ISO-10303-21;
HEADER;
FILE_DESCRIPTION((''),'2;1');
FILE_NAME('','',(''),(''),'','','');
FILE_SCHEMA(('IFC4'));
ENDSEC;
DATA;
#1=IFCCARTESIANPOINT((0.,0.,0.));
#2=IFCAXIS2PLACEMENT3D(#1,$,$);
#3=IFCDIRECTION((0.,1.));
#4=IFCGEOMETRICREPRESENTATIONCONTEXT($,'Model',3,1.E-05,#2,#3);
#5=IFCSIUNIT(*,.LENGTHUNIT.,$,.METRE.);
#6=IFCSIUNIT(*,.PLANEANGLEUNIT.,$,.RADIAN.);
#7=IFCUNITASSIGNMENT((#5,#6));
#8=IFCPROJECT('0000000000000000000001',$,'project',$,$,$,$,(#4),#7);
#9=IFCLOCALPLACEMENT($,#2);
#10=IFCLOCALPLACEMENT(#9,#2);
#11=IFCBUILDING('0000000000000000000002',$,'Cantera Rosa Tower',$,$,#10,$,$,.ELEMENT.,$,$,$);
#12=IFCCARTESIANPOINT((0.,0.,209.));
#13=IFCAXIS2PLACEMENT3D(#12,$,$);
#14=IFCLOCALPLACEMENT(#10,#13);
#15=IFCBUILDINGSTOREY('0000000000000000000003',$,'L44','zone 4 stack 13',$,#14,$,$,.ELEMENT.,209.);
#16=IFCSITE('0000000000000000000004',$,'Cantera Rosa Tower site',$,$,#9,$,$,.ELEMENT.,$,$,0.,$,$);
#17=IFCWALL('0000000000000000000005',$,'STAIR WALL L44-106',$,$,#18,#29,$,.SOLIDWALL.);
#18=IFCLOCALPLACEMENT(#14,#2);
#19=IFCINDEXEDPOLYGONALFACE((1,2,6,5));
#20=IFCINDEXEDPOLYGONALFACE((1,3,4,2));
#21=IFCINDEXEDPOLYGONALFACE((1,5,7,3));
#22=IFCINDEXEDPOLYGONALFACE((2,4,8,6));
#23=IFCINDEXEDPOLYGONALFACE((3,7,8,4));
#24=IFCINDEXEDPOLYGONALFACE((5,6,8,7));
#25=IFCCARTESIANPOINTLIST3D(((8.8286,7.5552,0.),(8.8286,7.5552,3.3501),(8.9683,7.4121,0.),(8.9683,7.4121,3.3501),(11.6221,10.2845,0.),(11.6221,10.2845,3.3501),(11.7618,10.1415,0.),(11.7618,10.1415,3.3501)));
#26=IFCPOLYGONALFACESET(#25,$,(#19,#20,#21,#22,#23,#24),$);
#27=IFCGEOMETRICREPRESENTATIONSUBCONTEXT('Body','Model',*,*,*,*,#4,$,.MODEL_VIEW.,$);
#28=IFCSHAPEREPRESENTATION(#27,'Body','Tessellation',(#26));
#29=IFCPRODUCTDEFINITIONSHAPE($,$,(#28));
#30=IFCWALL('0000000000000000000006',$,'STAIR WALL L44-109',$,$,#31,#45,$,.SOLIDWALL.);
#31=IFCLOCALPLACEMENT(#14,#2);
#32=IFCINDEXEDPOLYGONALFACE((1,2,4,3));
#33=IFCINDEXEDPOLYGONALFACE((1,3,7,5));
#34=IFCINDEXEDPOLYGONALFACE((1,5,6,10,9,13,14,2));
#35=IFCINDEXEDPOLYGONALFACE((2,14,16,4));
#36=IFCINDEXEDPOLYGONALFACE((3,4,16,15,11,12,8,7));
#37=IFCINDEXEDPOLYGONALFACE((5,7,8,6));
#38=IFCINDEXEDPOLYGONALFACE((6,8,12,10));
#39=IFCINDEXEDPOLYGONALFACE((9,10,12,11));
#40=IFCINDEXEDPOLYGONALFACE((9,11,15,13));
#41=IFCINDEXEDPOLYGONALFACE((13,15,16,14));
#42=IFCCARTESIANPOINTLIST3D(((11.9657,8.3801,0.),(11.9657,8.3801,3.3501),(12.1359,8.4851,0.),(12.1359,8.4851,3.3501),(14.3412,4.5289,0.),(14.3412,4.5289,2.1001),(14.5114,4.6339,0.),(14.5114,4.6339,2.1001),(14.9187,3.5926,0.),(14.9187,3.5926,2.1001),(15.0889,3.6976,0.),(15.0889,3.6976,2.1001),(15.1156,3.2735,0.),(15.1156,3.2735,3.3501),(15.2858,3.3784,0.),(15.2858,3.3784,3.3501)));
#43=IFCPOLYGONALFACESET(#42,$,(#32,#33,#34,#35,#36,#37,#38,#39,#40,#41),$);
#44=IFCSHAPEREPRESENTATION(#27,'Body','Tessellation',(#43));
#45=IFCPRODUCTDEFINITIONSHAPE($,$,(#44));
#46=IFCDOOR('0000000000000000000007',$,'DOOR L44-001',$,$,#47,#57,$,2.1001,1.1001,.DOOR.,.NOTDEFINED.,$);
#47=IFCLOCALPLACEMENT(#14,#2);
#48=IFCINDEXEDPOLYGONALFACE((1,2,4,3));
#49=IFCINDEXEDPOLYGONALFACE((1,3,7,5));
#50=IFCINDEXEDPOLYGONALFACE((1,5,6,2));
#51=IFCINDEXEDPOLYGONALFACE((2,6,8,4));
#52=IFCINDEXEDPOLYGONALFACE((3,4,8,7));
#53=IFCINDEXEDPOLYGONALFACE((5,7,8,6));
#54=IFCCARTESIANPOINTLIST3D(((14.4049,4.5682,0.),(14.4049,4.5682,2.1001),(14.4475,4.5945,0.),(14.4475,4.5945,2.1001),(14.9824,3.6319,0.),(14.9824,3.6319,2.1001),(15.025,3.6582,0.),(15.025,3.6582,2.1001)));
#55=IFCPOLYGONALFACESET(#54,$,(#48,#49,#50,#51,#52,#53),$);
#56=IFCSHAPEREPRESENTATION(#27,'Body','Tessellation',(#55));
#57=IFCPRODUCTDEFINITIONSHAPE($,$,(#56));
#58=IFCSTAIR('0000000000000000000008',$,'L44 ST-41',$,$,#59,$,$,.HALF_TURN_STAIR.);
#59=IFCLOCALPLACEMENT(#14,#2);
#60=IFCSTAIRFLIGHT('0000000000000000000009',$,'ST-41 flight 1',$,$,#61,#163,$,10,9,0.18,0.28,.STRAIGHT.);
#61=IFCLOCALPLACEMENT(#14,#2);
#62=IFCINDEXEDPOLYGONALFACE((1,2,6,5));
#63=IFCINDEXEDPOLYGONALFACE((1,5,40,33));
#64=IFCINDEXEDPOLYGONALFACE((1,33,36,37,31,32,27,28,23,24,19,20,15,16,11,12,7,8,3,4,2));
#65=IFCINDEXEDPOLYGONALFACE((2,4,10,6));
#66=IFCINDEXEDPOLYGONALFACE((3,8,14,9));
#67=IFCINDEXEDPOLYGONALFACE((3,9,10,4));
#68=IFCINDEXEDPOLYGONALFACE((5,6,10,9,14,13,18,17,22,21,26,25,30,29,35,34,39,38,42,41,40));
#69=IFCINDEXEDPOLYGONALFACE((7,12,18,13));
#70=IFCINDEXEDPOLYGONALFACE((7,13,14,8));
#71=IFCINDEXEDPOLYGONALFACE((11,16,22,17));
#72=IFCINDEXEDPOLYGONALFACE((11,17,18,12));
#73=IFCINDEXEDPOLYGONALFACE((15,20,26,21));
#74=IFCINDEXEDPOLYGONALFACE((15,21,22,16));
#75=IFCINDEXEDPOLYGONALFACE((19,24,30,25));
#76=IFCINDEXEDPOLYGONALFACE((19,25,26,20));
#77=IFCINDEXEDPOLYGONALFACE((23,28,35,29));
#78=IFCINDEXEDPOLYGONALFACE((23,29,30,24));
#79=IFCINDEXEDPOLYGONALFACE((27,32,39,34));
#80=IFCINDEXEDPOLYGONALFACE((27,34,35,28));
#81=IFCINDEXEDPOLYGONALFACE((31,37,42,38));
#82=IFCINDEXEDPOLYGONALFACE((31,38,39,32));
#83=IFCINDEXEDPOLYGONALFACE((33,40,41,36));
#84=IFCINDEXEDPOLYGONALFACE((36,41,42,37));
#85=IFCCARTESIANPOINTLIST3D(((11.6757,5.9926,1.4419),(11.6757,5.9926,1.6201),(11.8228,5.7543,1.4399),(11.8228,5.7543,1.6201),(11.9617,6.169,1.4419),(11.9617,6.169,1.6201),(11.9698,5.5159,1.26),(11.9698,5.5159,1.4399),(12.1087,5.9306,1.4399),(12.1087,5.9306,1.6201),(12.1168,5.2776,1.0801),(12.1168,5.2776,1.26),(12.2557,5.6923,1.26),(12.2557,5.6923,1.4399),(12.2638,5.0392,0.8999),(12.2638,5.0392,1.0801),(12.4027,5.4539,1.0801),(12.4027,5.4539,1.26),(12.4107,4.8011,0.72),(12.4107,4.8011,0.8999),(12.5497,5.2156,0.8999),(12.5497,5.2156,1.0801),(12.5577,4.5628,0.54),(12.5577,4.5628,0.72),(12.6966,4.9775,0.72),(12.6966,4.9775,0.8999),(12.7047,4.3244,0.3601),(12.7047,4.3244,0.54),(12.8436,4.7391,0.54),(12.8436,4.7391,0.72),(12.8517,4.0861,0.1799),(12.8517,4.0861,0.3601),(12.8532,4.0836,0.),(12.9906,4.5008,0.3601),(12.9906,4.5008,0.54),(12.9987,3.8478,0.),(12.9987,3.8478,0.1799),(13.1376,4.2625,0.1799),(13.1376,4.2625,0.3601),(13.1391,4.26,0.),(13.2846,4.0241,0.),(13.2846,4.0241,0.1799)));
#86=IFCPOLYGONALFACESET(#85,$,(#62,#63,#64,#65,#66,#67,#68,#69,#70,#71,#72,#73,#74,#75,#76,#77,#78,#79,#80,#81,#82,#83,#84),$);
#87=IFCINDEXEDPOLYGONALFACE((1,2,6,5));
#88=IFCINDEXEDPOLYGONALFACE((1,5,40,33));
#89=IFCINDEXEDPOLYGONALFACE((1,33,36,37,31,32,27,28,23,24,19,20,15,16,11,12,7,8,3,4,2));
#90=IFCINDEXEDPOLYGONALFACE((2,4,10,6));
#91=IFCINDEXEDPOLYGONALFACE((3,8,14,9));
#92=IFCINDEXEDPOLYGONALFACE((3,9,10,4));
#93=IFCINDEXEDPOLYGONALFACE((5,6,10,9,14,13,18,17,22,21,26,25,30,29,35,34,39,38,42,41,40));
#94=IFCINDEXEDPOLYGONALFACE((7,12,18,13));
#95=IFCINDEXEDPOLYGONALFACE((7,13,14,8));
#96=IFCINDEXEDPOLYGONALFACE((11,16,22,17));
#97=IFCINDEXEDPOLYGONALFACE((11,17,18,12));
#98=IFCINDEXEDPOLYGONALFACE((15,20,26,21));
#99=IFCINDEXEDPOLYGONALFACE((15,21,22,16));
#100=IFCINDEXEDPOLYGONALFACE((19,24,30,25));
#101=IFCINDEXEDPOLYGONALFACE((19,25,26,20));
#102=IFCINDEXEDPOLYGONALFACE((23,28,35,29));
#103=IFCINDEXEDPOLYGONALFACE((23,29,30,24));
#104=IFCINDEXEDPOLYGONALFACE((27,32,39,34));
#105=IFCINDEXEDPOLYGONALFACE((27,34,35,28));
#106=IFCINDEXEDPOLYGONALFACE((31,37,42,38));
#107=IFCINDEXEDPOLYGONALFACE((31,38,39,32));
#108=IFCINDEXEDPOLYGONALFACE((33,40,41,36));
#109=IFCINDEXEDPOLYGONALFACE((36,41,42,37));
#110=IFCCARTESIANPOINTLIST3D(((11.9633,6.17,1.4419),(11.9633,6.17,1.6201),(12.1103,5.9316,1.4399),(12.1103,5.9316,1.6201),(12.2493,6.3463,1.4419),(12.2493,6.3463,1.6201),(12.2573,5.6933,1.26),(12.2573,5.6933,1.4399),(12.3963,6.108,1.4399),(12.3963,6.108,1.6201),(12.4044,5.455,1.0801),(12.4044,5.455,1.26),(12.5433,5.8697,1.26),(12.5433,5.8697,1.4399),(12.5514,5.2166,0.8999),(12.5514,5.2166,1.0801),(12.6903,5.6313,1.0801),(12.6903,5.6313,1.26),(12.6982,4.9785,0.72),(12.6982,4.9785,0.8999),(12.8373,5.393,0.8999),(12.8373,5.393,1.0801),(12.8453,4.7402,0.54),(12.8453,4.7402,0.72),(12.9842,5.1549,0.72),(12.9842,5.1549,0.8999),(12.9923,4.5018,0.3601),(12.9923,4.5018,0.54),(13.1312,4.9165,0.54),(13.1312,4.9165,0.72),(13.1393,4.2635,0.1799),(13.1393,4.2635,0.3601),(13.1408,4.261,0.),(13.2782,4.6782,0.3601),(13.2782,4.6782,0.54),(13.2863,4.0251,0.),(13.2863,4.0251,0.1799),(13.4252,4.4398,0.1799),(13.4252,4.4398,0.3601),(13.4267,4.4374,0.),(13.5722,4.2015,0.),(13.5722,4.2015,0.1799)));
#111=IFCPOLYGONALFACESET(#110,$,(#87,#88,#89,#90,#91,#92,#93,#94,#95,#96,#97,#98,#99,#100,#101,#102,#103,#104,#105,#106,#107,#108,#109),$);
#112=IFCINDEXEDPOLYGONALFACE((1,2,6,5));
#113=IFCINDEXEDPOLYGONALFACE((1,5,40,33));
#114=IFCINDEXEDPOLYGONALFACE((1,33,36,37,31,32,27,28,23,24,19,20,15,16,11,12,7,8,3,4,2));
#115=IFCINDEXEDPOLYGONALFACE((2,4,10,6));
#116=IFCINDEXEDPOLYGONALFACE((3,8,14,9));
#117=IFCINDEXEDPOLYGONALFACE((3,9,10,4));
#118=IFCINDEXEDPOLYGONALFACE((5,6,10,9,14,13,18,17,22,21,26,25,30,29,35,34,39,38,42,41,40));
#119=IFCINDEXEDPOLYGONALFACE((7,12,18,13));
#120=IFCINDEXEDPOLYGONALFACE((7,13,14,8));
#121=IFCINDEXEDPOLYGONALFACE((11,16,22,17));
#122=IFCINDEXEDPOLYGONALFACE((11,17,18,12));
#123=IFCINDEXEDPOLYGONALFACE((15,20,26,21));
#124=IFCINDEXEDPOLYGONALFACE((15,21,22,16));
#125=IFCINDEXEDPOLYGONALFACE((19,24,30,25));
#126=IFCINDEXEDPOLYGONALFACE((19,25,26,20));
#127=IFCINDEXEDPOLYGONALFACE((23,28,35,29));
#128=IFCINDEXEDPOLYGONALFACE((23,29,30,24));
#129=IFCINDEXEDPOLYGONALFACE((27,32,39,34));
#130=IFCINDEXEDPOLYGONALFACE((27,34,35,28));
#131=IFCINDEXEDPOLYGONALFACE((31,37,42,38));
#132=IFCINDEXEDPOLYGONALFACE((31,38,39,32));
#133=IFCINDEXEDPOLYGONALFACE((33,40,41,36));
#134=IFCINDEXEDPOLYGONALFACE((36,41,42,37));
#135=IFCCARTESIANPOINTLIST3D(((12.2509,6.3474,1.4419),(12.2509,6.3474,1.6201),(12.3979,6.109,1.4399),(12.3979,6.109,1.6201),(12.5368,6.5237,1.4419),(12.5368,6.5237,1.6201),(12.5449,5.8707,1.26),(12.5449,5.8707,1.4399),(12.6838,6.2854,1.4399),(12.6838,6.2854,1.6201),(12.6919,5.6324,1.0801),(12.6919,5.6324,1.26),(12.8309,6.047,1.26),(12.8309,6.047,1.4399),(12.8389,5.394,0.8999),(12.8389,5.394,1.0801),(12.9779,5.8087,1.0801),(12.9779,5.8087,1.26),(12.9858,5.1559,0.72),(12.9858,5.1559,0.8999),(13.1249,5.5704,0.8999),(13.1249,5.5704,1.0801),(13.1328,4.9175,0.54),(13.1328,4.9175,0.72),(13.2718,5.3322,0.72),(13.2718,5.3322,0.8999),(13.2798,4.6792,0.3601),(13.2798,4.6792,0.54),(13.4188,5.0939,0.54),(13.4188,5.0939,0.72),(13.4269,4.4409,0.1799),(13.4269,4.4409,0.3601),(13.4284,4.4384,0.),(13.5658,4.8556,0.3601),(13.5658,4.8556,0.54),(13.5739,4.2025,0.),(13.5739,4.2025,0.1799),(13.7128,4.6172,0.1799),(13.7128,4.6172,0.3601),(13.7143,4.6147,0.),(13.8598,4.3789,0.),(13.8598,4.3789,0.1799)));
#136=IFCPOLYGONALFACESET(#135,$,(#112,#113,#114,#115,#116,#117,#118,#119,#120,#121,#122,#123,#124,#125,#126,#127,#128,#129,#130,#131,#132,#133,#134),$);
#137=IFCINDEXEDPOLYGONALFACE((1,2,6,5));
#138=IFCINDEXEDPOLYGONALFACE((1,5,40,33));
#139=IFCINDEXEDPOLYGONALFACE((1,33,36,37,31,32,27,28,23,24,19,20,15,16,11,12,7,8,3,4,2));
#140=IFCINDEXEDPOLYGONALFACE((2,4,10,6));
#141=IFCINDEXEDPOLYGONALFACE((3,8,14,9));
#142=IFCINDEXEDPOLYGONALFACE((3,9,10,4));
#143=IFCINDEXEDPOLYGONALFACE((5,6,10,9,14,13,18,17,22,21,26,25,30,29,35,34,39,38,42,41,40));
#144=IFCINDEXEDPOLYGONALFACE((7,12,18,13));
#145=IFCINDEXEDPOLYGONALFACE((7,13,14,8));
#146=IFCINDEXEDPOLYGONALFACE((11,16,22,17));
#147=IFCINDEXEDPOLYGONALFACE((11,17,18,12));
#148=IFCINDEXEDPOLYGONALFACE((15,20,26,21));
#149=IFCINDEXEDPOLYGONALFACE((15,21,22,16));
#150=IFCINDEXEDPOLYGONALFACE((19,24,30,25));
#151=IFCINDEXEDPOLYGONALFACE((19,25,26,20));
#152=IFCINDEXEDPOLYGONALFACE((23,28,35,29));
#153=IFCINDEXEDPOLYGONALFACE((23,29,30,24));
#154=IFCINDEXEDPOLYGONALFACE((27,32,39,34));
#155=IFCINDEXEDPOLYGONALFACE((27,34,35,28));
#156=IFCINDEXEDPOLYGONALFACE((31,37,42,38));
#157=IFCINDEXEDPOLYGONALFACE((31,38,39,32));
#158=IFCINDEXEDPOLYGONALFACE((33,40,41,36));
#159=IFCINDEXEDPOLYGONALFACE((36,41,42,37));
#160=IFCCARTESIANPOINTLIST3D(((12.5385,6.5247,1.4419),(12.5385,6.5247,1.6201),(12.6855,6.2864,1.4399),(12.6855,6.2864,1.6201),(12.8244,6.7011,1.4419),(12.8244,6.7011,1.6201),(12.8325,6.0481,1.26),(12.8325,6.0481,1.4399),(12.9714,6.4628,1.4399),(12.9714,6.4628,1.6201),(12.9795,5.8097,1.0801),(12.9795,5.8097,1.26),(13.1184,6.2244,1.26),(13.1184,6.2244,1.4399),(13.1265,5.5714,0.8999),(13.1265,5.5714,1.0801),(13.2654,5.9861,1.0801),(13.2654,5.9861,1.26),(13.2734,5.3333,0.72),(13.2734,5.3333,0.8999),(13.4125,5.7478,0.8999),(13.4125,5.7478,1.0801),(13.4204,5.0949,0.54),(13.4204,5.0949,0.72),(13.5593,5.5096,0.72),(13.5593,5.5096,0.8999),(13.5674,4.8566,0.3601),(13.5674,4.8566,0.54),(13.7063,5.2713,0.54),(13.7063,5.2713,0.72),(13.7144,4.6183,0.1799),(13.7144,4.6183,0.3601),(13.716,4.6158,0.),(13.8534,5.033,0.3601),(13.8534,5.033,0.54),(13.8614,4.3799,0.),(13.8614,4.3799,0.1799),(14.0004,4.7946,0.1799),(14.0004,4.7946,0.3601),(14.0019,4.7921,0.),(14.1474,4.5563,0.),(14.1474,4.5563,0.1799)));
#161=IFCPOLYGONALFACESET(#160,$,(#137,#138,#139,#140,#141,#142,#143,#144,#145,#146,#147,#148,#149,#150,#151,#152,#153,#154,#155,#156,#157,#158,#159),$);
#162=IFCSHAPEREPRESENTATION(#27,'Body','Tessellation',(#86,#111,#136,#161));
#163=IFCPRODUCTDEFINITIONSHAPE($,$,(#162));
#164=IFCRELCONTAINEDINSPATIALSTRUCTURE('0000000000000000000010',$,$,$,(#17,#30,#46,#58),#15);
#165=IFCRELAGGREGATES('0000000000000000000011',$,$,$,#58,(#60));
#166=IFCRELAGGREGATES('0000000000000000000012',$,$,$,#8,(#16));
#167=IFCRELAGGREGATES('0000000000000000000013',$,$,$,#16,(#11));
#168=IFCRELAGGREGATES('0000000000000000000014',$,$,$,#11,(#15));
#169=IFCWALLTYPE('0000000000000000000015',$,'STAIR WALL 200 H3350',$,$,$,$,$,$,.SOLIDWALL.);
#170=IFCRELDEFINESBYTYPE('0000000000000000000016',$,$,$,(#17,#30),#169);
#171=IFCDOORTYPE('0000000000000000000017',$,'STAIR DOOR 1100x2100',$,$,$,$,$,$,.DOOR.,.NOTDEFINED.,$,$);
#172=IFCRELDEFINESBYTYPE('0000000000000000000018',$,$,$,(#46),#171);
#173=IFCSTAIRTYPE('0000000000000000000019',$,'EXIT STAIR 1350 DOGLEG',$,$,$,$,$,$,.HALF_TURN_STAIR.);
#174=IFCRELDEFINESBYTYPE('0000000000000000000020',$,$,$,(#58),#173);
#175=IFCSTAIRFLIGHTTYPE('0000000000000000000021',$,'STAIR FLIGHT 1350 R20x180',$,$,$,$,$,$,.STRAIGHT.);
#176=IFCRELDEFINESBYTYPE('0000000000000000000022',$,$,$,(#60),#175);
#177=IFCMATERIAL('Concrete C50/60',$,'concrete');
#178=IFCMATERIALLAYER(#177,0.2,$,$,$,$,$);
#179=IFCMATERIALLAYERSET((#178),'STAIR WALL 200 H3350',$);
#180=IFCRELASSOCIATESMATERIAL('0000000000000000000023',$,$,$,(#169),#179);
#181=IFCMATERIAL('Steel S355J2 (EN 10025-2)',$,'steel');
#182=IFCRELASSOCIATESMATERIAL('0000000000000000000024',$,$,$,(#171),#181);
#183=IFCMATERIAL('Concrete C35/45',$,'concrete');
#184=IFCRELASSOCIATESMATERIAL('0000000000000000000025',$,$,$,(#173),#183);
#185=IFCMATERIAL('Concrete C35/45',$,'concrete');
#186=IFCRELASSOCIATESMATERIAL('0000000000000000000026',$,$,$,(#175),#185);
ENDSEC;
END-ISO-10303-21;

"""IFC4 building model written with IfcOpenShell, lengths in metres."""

from ifc_helpers import new_model, si_unit, direction, frame, frame_2d, origin, place, context, subcontext, project, spatial, polyline, rectangle, outline, extrude, material, layer, layer_set, type_object, element, fill, aggregate, save


model = new_model("IFC4")

# Units and contexts
model_context = context("Model", 3, precision=1e-05, world=origin(), true_north=direction((0.0, 1.0)))
body_context = subcontext(model_context, "Body", "Model", "MODEL_VIEW")
ifc_project = project(units=[si_unit("LENGTHUNIT", "METRE"), si_unit("PLANEANGLEUNIT", "RADIAN")], contexts=[model_context])

# Site, building, storey
site_placement = place(None, origin())
site = spatial("IfcSite", under=ifc_project, at=site_placement, Name="Cantera Rosa Tower site", CompositionType="ELEMENT", RefElevation=0.0)
building_placement = place(site_placement, origin())
building = spatial("IfcBuilding", under=site, at=building_placement, Name="Cantera Rosa Tower", CompositionType="ELEMENT")
storey_placement = place(building_placement, frame((0.0, 0.0, 209.0)))
storey = spatial("IfcBuildingStorey", under=building, at=storey_placement, Name="L44", Description="zone 4 stack 13", CompositionType="ELEMENT", Elevation=209.0)

# Shared definitions
ifc_material_1 = material(Name="Concrete C50/60", Category="concrete")
ifc_layer_1 = layer(ifc_material_1, 0.2)
ifc_layer_set_1 = layer_set([ifc_layer_1], Name="STAIR WALL 200 H3350")
wall_type_1 = type_object("IfcWallType", Name="STAIR WALL 200 H3350", PredefinedType="SOLIDWALL", material=ifc_layer_set_1)

# Shared definitions
ifc_material_2 = material(Name="Steel S355J2 (EN 10025-2)", Category="steel")
door_type = type_object("IfcDoorType", Name="STAIR DOOR 1100x2100", OperationType="NOTDEFINED", PredefinedType="DOOR", material=ifc_material_2)

# Wall
wall_1_placement = place(storey_placement, frame((11.6919, 10.2129, 0.0), z_axis=(0.0, 0.0, 1.0), x_axis=(-0.71528, -0.698838, 0.0)))
element("IfcWall", 1, at=wall_1_placement, inside=storey, type_object=wall_type_1, Name="STAIR WALL L44-106", PredefinedType="SOLIDWALL", context=body_context, shape_type="SweptSolid", body=[
    extrude(rectangle(XDim=3.9055, YDim=0.2, at=frame_2d((1.9526, 0.0))), origin(), (0.0, 0.0, 1.0), 3.3501),
])

# Wall, opening, door
wall_2_placement = place(storey_placement, frame((12.0508, 8.4326, 0.0), z_axis=(0.0, 0.0, 1.0), x_axis=(0.524983, -0.851113, 0.0)))
wall_2 = element("IfcWall", 2, at=wall_2_placement, inside=storey, type_object=wall_type_1, Name="STAIR WALL L44-109", PredefinedType="SOLIDWALL", context=body_context, shape_type="SweptSolid", body=[
    extrude(rectangle(XDim=6.0, YDim=0.2, at=frame_2d((3.0, 0.0))), origin(), (0.0, 0.0, 1.0), 3.3501),
])
opening_1_placement = place(wall_2_placement, frame((4.5249, 0.0, 0.0)))
opening_1 = element("IfcOpeningElement", 3, at=opening_1_placement, cuts=wall_2, PredefinedType="OPENING", context=body_context, shape_type="SweptSolid", body=[
    extrude(rectangle(XDim=1.1001, YDim=2.1001, at=frame_2d((0.55, 1.05))), frame((0.0, 0.1099, 0.0), z_axis=(0.0, -1.0, 0.0), x_axis=(1.0, 0.0, 0.0)), (0.0, 0.0, 1.0), 0.22),
])
door_1_placement = place(opening_1_placement, origin())
door_1 = element("IfcDoor", 4, at=door_1_placement, inside=storey, type_object=door_type, Name="DOOR L44-001", OperationType="NOTDEFINED", OverallHeight=2.1001, OverallWidth=1.1001, PredefinedType="DOOR", context=body_context, shape_type="SweptSolid", body=[
    extrude(rectangle(XDim=1.1001, YDim=2.1001, at=frame_2d((0.55, 1.05))), frame((0.0, 0.0249, 0.0), z_axis=(0.0, -1.0, 0.0), x_axis=(1.0, 0.0, 0.0)), (0.0, 0.0, 1.0), 0.05),
])
fill(opening_1, door_1)

# Stair, stair flight
ifc_material_3 = material(Name="Concrete C35/45", Category="concrete")
stair_type = type_object("IfcStairType", Name="EXIT STAIR 1350 DOGLEG", PredefinedType="HALF_TURN_STAIR", material=ifc_material_3)
stair_1_placement = place(storey_placement, origin())
stair_1 = element("IfcStair", 5, at=stair_1_placement, inside=storey, type_object=stair_type, Name="L44 ST-41", PredefinedType="HALF_TURN_STAIR")
ifc_material_4 = material(Name="Concrete C35/45", Category="concrete")
stair_flight_type = type_object("IfcStairFlightType", Name="STAIR FLIGHT 1350 R20x180", PredefinedType="STRAIGHT", material=ifc_material_4)
stair_flight_1_placement = place(storey_placement, frame((13.5732, 4.2021, 0.0), z_axis=(0.0, 0.0, 1.0), x_axis=(-0.524977, 0.851117, 0.0)))
stair_flight_1 = element("IfcStairFlight", 6, at=stair_flight_1_placement, type_object=stair_flight_type, Name="ST-41 flight 1", NumberOfRisers=10, NumberOfTreads=9, PredefinedType="STRAIGHT", RiserHeight=0.18, TreadLength=0.28, context=body_context, shape_type="SweptSolid", body=[
    extrude(outline(polyline([(0.0, 0.0), (0.0, 0.1799), (0.28, 0.1799), (0.28, 0.3601), (0.5601, 0.3601), (0.5601, 0.54), (0.8401, 0.54), (0.8401, 0.72), (1.1201, 0.72), (1.1201, 0.8999), (1.3999, 0.8999), (1.3999, 1.0801), (1.6799, 1.0801), (1.6799, 1.26), (1.96, 1.26), (1.96, 1.4399), (2.24, 1.4399), (2.24, 1.6201), (2.52, 1.6201), (2.52, 1.8), (2.52, 1.4419), (0.2771, 0.0), (0.0, 0.0)])), frame((0.0, 0.675, 0.0), z_axis=(0.0, -1.0, 0.0), x_axis=(1.0, 0.0, 0.0)), (0.0, 0.0, 1.0), 0.3359),
    extrude(outline(polyline([(0.0, 0.0), (0.0, 0.1799), (0.28, 0.1799), (0.28, 0.3601), (0.5601, 0.3601), (0.5601, 0.54), (0.8401, 0.54), (0.8401, 0.72), (1.1201, 0.72), (1.1201, 0.8999), (1.3999, 0.8999), (1.3999, 1.0801), (1.6799, 1.0801), (1.6799, 1.26), (1.96, 1.26), (1.96, 1.4399), (2.24, 1.4399), (2.24, 1.6201), (2.52, 1.6201), (2.52, 1.8), (2.52, 1.4419), (0.2771, 0.0), (0.0, 0.0)])), frame((0.0, 0.3372, 0.0), z_axis=(0.0, -1.0, 0.0), x_axis=(1.0, 0.0, 0.0)), (0.0, 0.0, 1.0), 0.3359),
    extrude(outline(polyline([(0.0, 0.0), (0.0, 0.1799), (0.28, 0.1799), (0.28, 0.3601), (0.5601, 0.3601), (0.5601, 0.54), (0.8401, 0.54), (0.8401, 0.72), (1.1201, 0.72), (1.1201, 0.8999), (1.3999, 0.8999), (1.3999, 1.0801), (1.6799, 1.0801), (1.6799, 1.26), (1.96, 1.26), (1.96, 1.4399), (2.24, 1.4399), (2.24, 1.6201), (2.52, 1.6201), (2.52, 1.8), (2.52, 1.4419), (0.2771, 0.0), (0.0, 0.0)])), frame((0.0, -0.0007, 0.0), z_axis=(0.0, -1.0, 0.0), x_axis=(1.0, 0.0, 0.0)), (0.0, 0.0, 1.0), 0.3359),
    extrude(outline(polyline([(0.0, 0.0), (0.0, 0.1799), (0.28, 0.1799), (0.28, 0.3601), (0.5601, 0.3601), (0.5601, 0.54), (0.8401, 0.54), (0.8401, 0.72), (1.1201, 0.72), (1.1201, 0.8999), (1.3999, 0.8999), (1.3999, 1.0801), (1.6799, 1.0801), (1.6799, 1.26), (1.96, 1.26), (1.96, 1.4399), (2.24, 1.4399), (2.24, 1.6201), (2.52, 1.6201), (2.52, 1.8), (2.52, 1.4419), (0.2771, 0.0), (0.0, 0.0)])), frame((0.0, -0.3386, 0.0), z_axis=(0.0, -1.0, 0.0), x_axis=(1.0, 0.0, 0.0)), (0.0, 0.0, 1.0), 0.3359),
])
aggregate(stair_1, [stair_flight_1])

save(model, "model.ifc")
